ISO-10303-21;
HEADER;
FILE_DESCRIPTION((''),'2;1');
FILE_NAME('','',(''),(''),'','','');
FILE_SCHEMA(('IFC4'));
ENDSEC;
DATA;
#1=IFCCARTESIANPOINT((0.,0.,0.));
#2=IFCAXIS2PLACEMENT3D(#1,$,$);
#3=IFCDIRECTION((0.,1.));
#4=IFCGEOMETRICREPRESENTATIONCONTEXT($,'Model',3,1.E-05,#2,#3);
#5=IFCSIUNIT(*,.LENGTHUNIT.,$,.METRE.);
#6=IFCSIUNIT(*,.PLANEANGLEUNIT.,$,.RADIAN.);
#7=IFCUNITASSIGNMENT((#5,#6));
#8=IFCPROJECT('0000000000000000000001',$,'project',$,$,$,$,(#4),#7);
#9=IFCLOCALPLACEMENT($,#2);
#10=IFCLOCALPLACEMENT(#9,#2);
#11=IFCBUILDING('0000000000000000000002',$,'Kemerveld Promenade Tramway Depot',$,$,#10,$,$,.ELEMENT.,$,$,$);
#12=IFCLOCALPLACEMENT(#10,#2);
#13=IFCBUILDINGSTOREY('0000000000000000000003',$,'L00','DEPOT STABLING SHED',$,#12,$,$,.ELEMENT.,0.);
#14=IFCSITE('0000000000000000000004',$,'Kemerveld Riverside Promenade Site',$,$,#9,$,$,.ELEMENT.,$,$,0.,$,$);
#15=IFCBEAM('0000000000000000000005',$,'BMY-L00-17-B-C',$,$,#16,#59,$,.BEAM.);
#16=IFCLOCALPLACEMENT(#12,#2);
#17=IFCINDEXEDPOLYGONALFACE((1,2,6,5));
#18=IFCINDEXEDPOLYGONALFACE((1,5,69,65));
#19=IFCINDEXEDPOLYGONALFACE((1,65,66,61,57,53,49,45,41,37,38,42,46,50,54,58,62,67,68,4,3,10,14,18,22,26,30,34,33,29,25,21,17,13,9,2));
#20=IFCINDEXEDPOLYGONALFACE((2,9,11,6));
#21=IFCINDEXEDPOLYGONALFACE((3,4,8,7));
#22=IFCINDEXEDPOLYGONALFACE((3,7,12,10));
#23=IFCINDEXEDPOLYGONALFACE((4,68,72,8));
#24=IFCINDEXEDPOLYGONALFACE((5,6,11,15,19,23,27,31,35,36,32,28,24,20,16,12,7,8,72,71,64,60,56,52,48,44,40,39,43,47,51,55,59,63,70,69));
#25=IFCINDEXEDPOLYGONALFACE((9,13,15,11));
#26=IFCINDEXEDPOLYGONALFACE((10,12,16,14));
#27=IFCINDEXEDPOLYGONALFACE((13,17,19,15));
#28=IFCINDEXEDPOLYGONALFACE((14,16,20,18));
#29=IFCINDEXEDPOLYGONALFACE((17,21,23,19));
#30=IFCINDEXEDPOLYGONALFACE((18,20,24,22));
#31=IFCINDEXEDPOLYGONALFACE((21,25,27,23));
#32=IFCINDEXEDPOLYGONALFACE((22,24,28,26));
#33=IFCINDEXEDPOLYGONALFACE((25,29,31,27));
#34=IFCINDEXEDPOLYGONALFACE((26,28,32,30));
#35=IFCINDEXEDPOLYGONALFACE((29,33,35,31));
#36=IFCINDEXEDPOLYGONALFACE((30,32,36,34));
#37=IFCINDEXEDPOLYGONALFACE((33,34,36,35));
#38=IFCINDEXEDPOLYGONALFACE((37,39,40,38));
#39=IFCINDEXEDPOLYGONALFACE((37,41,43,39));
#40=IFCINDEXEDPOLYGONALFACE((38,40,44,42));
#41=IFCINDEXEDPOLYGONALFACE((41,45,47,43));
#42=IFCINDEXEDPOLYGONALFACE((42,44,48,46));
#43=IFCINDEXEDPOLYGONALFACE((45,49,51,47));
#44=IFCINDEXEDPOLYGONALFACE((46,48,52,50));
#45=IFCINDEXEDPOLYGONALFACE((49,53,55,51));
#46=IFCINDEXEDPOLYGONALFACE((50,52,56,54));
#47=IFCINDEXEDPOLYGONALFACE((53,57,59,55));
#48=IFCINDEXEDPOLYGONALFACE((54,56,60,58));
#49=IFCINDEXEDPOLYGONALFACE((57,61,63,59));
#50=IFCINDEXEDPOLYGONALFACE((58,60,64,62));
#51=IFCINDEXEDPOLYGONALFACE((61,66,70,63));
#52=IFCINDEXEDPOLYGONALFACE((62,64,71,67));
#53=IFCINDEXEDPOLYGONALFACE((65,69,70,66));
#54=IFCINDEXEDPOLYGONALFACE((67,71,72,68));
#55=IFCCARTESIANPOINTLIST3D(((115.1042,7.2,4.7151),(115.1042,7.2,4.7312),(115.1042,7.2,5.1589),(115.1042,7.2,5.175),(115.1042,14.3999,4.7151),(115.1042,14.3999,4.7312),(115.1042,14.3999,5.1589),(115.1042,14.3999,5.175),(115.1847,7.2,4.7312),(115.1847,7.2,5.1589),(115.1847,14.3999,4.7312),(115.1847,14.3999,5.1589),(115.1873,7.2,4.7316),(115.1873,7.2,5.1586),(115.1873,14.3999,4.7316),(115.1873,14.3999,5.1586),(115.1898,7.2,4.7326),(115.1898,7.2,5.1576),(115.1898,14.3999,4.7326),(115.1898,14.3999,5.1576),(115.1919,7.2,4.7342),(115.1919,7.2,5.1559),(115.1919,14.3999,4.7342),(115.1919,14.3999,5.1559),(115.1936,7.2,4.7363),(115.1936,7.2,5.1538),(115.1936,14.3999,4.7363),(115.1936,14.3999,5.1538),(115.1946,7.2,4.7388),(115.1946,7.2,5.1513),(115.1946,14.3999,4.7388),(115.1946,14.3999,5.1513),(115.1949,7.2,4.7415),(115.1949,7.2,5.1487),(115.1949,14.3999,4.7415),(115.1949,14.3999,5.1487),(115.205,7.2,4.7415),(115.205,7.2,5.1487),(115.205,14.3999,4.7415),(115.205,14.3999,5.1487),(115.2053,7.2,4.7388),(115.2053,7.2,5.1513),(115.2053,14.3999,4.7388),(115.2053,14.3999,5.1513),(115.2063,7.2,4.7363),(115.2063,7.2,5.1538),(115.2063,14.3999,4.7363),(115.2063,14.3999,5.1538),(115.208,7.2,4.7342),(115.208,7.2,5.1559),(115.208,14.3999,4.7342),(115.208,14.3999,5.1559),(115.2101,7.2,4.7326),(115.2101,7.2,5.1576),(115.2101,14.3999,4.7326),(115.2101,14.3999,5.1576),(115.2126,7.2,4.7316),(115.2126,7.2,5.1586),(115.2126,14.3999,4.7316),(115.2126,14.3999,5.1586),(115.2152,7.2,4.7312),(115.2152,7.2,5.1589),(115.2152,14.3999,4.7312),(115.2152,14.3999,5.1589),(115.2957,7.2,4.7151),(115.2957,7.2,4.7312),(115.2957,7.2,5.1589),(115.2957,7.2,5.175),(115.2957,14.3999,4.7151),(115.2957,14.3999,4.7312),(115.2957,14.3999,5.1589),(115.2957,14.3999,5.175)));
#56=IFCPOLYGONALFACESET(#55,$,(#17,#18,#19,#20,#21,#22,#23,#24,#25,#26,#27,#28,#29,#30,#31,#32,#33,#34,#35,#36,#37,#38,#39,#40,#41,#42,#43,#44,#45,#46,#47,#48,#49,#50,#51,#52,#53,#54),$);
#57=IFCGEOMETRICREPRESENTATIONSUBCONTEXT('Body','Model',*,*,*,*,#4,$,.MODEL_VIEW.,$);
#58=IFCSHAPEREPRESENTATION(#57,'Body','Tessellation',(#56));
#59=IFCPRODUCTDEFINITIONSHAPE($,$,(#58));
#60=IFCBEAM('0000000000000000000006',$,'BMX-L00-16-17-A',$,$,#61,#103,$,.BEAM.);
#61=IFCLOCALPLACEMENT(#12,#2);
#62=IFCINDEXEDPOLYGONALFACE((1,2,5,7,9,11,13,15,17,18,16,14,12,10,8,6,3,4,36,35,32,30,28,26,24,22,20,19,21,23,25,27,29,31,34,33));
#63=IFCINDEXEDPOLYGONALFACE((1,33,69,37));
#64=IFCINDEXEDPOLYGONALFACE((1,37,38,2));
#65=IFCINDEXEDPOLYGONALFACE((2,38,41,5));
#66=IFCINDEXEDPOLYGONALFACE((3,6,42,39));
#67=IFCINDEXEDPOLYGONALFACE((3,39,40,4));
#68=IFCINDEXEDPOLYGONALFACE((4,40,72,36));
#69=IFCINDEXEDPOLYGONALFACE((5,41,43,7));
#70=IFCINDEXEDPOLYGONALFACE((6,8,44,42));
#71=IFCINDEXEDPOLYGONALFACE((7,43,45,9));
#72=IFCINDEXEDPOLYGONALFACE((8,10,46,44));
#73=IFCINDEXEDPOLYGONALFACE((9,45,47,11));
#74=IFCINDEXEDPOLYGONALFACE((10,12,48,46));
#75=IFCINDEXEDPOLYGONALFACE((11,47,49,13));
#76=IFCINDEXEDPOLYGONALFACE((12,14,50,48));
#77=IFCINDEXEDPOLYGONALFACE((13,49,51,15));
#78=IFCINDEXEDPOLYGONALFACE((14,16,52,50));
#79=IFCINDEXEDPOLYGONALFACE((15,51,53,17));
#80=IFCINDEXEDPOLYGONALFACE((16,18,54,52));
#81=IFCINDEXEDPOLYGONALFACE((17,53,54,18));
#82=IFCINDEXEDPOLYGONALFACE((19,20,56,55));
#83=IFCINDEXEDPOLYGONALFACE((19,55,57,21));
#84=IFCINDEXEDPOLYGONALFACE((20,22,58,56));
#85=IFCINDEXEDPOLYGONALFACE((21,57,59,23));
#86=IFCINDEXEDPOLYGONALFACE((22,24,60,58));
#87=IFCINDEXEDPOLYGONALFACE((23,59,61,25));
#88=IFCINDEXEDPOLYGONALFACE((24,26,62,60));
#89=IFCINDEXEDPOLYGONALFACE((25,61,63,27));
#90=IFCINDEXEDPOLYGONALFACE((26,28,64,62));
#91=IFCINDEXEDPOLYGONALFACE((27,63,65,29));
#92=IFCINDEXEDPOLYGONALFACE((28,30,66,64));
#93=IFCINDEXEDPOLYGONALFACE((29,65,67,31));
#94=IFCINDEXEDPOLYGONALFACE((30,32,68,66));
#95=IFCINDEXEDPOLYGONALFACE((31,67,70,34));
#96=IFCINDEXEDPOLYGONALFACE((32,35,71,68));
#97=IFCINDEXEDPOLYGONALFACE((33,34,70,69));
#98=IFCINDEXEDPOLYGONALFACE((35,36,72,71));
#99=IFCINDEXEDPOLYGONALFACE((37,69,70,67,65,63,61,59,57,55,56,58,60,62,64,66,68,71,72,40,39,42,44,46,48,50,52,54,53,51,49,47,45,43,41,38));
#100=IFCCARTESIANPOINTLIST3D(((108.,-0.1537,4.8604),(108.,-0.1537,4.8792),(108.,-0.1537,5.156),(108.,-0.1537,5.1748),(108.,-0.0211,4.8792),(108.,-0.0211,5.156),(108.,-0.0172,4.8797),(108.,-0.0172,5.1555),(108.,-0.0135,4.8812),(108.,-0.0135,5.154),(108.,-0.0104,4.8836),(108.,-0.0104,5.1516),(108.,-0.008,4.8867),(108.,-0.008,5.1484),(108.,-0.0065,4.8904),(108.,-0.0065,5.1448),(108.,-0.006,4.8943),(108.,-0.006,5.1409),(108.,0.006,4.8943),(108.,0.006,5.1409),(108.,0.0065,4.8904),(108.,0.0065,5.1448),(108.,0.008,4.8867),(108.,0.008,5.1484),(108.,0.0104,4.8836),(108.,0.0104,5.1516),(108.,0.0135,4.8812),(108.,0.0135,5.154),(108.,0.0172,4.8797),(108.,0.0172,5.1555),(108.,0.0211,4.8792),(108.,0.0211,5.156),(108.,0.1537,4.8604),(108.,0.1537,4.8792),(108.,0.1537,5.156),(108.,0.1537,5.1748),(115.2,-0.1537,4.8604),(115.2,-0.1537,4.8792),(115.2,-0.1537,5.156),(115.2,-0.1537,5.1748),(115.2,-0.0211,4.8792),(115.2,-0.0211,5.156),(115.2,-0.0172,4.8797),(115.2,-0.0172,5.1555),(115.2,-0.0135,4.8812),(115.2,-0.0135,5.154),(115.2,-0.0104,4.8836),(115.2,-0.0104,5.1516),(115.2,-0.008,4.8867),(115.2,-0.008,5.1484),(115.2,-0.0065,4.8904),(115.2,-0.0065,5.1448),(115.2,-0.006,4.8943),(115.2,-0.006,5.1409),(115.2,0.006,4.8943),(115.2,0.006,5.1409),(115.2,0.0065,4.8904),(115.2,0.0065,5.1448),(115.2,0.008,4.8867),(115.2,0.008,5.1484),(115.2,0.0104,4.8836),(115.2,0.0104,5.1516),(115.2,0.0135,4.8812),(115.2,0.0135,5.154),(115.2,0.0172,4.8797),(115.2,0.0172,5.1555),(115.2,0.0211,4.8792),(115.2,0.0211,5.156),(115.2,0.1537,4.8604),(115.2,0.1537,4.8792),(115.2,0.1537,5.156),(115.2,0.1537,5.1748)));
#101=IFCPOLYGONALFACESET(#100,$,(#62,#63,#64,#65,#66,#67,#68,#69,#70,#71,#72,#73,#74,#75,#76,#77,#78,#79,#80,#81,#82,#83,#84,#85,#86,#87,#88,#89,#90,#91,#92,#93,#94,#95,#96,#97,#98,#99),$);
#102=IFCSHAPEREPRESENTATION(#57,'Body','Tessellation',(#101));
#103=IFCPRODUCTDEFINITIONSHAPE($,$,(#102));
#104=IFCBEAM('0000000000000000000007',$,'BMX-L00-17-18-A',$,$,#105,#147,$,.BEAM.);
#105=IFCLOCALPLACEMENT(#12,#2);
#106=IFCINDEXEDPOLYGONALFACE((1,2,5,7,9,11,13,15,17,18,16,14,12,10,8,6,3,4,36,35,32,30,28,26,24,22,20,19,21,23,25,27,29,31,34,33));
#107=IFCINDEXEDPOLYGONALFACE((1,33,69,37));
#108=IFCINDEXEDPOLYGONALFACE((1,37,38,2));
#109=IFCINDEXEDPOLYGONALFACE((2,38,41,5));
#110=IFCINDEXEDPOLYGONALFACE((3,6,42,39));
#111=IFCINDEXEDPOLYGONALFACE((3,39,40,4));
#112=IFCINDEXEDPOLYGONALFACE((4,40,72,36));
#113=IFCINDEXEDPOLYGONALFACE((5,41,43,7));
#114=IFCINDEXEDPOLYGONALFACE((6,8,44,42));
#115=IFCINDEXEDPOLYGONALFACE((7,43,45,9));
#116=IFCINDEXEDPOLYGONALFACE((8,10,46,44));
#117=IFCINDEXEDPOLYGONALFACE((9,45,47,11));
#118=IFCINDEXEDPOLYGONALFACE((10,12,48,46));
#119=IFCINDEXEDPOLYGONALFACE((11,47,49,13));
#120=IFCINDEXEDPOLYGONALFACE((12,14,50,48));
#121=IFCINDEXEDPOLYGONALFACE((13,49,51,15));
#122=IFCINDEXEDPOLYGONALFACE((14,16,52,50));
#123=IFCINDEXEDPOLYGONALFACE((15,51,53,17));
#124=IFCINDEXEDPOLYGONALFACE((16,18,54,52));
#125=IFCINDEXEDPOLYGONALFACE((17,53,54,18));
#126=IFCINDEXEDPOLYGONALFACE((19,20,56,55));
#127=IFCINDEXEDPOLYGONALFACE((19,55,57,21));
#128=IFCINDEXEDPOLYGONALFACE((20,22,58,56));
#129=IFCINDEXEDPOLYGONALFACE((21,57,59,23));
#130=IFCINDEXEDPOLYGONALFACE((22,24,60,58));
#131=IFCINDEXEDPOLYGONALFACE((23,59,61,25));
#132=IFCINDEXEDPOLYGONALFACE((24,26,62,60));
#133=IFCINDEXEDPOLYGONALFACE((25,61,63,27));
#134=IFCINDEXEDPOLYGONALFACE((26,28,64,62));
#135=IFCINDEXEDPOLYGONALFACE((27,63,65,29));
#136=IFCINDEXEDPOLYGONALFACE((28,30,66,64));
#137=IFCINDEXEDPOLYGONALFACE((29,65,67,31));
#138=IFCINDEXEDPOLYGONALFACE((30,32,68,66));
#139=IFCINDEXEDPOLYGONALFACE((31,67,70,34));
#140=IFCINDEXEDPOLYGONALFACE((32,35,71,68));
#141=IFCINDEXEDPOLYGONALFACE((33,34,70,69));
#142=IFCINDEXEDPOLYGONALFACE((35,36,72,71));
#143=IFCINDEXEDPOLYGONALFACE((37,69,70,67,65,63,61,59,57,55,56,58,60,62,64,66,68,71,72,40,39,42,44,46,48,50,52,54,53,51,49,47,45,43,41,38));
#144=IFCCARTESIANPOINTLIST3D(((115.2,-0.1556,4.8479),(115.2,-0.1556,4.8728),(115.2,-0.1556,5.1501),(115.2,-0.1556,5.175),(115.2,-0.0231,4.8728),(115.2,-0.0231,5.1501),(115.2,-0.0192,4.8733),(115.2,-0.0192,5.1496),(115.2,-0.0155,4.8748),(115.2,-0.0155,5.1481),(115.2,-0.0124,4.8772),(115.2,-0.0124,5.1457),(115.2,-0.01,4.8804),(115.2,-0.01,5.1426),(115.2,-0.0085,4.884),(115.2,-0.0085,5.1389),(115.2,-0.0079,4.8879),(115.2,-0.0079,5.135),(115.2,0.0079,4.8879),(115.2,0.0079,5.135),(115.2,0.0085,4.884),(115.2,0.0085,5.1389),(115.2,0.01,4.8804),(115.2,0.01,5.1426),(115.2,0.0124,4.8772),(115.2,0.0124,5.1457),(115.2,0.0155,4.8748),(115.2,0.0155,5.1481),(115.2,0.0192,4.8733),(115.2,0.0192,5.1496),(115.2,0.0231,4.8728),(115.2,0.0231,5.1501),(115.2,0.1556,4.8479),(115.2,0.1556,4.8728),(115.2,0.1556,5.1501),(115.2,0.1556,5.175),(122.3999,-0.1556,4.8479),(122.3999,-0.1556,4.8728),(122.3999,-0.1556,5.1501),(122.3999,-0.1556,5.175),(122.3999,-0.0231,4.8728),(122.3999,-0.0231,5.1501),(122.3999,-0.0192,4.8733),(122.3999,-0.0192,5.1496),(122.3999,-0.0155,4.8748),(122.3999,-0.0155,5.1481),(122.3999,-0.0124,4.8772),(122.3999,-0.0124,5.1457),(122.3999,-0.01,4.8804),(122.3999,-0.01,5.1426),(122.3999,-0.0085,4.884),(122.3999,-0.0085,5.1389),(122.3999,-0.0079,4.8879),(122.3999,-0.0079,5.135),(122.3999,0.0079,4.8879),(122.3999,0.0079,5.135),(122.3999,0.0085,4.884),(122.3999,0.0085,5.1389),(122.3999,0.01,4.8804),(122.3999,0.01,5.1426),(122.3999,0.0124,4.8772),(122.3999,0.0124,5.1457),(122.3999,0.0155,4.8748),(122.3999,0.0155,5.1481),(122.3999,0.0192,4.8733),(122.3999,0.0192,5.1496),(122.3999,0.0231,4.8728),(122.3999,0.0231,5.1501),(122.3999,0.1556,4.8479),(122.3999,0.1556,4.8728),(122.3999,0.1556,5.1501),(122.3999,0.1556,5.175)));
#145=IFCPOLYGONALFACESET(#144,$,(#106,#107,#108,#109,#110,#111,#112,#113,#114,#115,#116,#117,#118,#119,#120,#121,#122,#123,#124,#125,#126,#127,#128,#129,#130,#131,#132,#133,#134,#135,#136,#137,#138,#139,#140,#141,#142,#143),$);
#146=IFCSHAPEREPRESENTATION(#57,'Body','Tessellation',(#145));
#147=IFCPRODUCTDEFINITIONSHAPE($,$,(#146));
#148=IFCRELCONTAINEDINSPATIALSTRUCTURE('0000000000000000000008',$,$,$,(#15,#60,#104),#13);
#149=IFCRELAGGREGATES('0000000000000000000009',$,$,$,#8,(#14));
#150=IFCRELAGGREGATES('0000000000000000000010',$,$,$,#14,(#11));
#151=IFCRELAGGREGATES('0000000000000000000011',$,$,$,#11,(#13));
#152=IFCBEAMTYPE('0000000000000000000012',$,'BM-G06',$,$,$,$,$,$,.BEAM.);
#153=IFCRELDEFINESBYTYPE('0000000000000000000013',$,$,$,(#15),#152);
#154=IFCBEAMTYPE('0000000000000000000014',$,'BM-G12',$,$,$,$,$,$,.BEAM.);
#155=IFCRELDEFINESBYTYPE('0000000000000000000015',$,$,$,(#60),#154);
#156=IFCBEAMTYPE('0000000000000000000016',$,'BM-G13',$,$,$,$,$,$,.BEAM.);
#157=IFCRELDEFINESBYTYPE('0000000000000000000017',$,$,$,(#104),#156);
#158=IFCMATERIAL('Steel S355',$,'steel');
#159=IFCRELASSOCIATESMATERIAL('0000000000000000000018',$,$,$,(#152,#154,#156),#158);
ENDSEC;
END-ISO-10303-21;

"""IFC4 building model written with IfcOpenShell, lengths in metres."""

from ifc_helpers import new_model, si_unit, direction, frame, origin, origin_2d, place, context, subcontext, project, spatial, i_section, extrude, material, material_profile, profile_set, type_object, element, save


model = new_model("IFC4")

# Units and contexts
model_context = context("Model", 3, precision=1e-05, world=origin(), true_north=direction((0.0, 1.0)))
body_context = subcontext(model_context, "Body", "Model", "MODEL_VIEW")
ifc_project = project(units=[si_unit("LENGTHUNIT", "METRE"), si_unit("PLANEANGLEUNIT", "RADIAN")], contexts=[model_context])

# Site, building, storey
site_placement = place(None, origin())
site = spatial("IfcSite", under=ifc_project, at=site_placement, Name="Kemerveld Riverside Promenade Site", CompositionType="ELEMENT", RefElevation=0.0)
building_placement = place(site_placement, origin())
building = spatial("IfcBuilding", under=site, at=building_placement, Name="Kemerveld Promenade Tramway Depot", CompositionType="ELEMENT")
storey_placement = place(building_placement, origin())
storey = spatial("IfcBuildingStorey", under=building, at=storey_placement, Name="L00", Description="DEPOT STABLING SHED", CompositionType="ELEMENT", Elevation=0.0)

# Shared definitions
ifc_material_1 = material(Name="Steel S355", Category="steel")

# Beams
ifc_material_profile_1 = material_profile(ifc_material_1, i_section(OverallWidth=0.1914, OverallDepth=0.46, WebThickness=0.01, FlangeThickness=0.0161, FilletRadius=0.0103, at=origin_2d()), Name="457x191x82 UB")
ifc_profile_set_1 = profile_set([ifc_material_profile_1], Name="Steel S355")
beam_type_1 = type_object("IfcBeamType", Name="BM-G06", PredefinedType="BEAM", material=ifc_profile_set_1)
for number, where, z_axis, x_axis, name in (
    (1, (115.2, 7.2, 4.9451), (0.0, 1.0, 0.0), (-1.0, 0.0, 0.0), "BMY-L00-17-B-C"),
):
    element("IfcBeam", number, at=place(storey_placement, frame(where, z_axis=z_axis, x_axis=x_axis)), inside=storey, type_object=beam_type_1, Name=name, PredefinedType="BEAM", context=body_context, shape_type="SweptSolid", body=[
        extrude(i_section(OverallWidth=0.1914, OverallDepth=0.46, WebThickness=0.01, FlangeThickness=0.0161, FilletRadius=0.0103, at=origin_2d()), origin(), (0.0, 0.0, 1.0), 7.2),
    ])
ifc_material_profile_2 = material_profile(ifc_material_1, i_section(OverallWidth=0.3074, OverallDepth=0.3145, WebThickness=0.012, FlangeThickness=0.0188, FilletRadius=0.0151, at=origin_2d()), Name="305x305x118 UC")
ifc_profile_set_2 = profile_set([ifc_material_profile_2], Name="Steel S355")
beam_type_2 = type_object("IfcBeamType", Name="BM-G12", PredefinedType="BEAM", material=ifc_profile_set_2)
beam_1_placement = place(storey_placement, frame((108.0, 0.0, 5.0176), z_axis=(1.0, 0.0, 0.0), x_axis=(0.0, 1.0, 0.0)))
element("IfcBeam", 2, at=beam_1_placement, inside=storey, type_object=beam_type_2, Name="BMX-L00-16-17-A", PredefinedType="BEAM", context=body_context, shape_type="SweptSolid", body=[
    extrude(i_section(OverallWidth=0.3074, OverallDepth=0.3145, WebThickness=0.012, FlangeThickness=0.0188, FilletRadius=0.0151, at=origin_2d()), origin(), (0.0, 0.0, 1.0), 7.2),
])
ifc_material_profile_3 = material_profile(ifc_material_1, i_section(OverallWidth=0.3113, OverallDepth=0.3271, WebThickness=0.0159, FlangeThickness=0.0249, FilletRadius=0.0151, at=origin_2d()), Name="305x305x158 UC")
ifc_profile_set_3 = profile_set([ifc_material_profile_3], Name="Steel S355")
beam_type_3 = type_object("IfcBeamType", Name="BM-G13", PredefinedType="BEAM", material=ifc_profile_set_3)
beam_2_placement = place(storey_placement, frame((115.2, 0.0, 5.0115), z_axis=(1.0, 0.0, 0.0), x_axis=(0.0, 1.0, 0.0)))
element("IfcBeam", 3, at=beam_2_placement, inside=storey, type_object=beam_type_3, Name="BMX-L00-17-18-A", PredefinedType="BEAM", context=body_context, shape_type="SweptSolid", body=[
    extrude(i_section(OverallWidth=0.3113, OverallDepth=0.3271, WebThickness=0.0159, FlangeThickness=0.0249, FilletRadius=0.0151, at=origin_2d()), origin(), (0.0, 0.0, 1.0), 7.2),
])

save(model, "model.ifc")
